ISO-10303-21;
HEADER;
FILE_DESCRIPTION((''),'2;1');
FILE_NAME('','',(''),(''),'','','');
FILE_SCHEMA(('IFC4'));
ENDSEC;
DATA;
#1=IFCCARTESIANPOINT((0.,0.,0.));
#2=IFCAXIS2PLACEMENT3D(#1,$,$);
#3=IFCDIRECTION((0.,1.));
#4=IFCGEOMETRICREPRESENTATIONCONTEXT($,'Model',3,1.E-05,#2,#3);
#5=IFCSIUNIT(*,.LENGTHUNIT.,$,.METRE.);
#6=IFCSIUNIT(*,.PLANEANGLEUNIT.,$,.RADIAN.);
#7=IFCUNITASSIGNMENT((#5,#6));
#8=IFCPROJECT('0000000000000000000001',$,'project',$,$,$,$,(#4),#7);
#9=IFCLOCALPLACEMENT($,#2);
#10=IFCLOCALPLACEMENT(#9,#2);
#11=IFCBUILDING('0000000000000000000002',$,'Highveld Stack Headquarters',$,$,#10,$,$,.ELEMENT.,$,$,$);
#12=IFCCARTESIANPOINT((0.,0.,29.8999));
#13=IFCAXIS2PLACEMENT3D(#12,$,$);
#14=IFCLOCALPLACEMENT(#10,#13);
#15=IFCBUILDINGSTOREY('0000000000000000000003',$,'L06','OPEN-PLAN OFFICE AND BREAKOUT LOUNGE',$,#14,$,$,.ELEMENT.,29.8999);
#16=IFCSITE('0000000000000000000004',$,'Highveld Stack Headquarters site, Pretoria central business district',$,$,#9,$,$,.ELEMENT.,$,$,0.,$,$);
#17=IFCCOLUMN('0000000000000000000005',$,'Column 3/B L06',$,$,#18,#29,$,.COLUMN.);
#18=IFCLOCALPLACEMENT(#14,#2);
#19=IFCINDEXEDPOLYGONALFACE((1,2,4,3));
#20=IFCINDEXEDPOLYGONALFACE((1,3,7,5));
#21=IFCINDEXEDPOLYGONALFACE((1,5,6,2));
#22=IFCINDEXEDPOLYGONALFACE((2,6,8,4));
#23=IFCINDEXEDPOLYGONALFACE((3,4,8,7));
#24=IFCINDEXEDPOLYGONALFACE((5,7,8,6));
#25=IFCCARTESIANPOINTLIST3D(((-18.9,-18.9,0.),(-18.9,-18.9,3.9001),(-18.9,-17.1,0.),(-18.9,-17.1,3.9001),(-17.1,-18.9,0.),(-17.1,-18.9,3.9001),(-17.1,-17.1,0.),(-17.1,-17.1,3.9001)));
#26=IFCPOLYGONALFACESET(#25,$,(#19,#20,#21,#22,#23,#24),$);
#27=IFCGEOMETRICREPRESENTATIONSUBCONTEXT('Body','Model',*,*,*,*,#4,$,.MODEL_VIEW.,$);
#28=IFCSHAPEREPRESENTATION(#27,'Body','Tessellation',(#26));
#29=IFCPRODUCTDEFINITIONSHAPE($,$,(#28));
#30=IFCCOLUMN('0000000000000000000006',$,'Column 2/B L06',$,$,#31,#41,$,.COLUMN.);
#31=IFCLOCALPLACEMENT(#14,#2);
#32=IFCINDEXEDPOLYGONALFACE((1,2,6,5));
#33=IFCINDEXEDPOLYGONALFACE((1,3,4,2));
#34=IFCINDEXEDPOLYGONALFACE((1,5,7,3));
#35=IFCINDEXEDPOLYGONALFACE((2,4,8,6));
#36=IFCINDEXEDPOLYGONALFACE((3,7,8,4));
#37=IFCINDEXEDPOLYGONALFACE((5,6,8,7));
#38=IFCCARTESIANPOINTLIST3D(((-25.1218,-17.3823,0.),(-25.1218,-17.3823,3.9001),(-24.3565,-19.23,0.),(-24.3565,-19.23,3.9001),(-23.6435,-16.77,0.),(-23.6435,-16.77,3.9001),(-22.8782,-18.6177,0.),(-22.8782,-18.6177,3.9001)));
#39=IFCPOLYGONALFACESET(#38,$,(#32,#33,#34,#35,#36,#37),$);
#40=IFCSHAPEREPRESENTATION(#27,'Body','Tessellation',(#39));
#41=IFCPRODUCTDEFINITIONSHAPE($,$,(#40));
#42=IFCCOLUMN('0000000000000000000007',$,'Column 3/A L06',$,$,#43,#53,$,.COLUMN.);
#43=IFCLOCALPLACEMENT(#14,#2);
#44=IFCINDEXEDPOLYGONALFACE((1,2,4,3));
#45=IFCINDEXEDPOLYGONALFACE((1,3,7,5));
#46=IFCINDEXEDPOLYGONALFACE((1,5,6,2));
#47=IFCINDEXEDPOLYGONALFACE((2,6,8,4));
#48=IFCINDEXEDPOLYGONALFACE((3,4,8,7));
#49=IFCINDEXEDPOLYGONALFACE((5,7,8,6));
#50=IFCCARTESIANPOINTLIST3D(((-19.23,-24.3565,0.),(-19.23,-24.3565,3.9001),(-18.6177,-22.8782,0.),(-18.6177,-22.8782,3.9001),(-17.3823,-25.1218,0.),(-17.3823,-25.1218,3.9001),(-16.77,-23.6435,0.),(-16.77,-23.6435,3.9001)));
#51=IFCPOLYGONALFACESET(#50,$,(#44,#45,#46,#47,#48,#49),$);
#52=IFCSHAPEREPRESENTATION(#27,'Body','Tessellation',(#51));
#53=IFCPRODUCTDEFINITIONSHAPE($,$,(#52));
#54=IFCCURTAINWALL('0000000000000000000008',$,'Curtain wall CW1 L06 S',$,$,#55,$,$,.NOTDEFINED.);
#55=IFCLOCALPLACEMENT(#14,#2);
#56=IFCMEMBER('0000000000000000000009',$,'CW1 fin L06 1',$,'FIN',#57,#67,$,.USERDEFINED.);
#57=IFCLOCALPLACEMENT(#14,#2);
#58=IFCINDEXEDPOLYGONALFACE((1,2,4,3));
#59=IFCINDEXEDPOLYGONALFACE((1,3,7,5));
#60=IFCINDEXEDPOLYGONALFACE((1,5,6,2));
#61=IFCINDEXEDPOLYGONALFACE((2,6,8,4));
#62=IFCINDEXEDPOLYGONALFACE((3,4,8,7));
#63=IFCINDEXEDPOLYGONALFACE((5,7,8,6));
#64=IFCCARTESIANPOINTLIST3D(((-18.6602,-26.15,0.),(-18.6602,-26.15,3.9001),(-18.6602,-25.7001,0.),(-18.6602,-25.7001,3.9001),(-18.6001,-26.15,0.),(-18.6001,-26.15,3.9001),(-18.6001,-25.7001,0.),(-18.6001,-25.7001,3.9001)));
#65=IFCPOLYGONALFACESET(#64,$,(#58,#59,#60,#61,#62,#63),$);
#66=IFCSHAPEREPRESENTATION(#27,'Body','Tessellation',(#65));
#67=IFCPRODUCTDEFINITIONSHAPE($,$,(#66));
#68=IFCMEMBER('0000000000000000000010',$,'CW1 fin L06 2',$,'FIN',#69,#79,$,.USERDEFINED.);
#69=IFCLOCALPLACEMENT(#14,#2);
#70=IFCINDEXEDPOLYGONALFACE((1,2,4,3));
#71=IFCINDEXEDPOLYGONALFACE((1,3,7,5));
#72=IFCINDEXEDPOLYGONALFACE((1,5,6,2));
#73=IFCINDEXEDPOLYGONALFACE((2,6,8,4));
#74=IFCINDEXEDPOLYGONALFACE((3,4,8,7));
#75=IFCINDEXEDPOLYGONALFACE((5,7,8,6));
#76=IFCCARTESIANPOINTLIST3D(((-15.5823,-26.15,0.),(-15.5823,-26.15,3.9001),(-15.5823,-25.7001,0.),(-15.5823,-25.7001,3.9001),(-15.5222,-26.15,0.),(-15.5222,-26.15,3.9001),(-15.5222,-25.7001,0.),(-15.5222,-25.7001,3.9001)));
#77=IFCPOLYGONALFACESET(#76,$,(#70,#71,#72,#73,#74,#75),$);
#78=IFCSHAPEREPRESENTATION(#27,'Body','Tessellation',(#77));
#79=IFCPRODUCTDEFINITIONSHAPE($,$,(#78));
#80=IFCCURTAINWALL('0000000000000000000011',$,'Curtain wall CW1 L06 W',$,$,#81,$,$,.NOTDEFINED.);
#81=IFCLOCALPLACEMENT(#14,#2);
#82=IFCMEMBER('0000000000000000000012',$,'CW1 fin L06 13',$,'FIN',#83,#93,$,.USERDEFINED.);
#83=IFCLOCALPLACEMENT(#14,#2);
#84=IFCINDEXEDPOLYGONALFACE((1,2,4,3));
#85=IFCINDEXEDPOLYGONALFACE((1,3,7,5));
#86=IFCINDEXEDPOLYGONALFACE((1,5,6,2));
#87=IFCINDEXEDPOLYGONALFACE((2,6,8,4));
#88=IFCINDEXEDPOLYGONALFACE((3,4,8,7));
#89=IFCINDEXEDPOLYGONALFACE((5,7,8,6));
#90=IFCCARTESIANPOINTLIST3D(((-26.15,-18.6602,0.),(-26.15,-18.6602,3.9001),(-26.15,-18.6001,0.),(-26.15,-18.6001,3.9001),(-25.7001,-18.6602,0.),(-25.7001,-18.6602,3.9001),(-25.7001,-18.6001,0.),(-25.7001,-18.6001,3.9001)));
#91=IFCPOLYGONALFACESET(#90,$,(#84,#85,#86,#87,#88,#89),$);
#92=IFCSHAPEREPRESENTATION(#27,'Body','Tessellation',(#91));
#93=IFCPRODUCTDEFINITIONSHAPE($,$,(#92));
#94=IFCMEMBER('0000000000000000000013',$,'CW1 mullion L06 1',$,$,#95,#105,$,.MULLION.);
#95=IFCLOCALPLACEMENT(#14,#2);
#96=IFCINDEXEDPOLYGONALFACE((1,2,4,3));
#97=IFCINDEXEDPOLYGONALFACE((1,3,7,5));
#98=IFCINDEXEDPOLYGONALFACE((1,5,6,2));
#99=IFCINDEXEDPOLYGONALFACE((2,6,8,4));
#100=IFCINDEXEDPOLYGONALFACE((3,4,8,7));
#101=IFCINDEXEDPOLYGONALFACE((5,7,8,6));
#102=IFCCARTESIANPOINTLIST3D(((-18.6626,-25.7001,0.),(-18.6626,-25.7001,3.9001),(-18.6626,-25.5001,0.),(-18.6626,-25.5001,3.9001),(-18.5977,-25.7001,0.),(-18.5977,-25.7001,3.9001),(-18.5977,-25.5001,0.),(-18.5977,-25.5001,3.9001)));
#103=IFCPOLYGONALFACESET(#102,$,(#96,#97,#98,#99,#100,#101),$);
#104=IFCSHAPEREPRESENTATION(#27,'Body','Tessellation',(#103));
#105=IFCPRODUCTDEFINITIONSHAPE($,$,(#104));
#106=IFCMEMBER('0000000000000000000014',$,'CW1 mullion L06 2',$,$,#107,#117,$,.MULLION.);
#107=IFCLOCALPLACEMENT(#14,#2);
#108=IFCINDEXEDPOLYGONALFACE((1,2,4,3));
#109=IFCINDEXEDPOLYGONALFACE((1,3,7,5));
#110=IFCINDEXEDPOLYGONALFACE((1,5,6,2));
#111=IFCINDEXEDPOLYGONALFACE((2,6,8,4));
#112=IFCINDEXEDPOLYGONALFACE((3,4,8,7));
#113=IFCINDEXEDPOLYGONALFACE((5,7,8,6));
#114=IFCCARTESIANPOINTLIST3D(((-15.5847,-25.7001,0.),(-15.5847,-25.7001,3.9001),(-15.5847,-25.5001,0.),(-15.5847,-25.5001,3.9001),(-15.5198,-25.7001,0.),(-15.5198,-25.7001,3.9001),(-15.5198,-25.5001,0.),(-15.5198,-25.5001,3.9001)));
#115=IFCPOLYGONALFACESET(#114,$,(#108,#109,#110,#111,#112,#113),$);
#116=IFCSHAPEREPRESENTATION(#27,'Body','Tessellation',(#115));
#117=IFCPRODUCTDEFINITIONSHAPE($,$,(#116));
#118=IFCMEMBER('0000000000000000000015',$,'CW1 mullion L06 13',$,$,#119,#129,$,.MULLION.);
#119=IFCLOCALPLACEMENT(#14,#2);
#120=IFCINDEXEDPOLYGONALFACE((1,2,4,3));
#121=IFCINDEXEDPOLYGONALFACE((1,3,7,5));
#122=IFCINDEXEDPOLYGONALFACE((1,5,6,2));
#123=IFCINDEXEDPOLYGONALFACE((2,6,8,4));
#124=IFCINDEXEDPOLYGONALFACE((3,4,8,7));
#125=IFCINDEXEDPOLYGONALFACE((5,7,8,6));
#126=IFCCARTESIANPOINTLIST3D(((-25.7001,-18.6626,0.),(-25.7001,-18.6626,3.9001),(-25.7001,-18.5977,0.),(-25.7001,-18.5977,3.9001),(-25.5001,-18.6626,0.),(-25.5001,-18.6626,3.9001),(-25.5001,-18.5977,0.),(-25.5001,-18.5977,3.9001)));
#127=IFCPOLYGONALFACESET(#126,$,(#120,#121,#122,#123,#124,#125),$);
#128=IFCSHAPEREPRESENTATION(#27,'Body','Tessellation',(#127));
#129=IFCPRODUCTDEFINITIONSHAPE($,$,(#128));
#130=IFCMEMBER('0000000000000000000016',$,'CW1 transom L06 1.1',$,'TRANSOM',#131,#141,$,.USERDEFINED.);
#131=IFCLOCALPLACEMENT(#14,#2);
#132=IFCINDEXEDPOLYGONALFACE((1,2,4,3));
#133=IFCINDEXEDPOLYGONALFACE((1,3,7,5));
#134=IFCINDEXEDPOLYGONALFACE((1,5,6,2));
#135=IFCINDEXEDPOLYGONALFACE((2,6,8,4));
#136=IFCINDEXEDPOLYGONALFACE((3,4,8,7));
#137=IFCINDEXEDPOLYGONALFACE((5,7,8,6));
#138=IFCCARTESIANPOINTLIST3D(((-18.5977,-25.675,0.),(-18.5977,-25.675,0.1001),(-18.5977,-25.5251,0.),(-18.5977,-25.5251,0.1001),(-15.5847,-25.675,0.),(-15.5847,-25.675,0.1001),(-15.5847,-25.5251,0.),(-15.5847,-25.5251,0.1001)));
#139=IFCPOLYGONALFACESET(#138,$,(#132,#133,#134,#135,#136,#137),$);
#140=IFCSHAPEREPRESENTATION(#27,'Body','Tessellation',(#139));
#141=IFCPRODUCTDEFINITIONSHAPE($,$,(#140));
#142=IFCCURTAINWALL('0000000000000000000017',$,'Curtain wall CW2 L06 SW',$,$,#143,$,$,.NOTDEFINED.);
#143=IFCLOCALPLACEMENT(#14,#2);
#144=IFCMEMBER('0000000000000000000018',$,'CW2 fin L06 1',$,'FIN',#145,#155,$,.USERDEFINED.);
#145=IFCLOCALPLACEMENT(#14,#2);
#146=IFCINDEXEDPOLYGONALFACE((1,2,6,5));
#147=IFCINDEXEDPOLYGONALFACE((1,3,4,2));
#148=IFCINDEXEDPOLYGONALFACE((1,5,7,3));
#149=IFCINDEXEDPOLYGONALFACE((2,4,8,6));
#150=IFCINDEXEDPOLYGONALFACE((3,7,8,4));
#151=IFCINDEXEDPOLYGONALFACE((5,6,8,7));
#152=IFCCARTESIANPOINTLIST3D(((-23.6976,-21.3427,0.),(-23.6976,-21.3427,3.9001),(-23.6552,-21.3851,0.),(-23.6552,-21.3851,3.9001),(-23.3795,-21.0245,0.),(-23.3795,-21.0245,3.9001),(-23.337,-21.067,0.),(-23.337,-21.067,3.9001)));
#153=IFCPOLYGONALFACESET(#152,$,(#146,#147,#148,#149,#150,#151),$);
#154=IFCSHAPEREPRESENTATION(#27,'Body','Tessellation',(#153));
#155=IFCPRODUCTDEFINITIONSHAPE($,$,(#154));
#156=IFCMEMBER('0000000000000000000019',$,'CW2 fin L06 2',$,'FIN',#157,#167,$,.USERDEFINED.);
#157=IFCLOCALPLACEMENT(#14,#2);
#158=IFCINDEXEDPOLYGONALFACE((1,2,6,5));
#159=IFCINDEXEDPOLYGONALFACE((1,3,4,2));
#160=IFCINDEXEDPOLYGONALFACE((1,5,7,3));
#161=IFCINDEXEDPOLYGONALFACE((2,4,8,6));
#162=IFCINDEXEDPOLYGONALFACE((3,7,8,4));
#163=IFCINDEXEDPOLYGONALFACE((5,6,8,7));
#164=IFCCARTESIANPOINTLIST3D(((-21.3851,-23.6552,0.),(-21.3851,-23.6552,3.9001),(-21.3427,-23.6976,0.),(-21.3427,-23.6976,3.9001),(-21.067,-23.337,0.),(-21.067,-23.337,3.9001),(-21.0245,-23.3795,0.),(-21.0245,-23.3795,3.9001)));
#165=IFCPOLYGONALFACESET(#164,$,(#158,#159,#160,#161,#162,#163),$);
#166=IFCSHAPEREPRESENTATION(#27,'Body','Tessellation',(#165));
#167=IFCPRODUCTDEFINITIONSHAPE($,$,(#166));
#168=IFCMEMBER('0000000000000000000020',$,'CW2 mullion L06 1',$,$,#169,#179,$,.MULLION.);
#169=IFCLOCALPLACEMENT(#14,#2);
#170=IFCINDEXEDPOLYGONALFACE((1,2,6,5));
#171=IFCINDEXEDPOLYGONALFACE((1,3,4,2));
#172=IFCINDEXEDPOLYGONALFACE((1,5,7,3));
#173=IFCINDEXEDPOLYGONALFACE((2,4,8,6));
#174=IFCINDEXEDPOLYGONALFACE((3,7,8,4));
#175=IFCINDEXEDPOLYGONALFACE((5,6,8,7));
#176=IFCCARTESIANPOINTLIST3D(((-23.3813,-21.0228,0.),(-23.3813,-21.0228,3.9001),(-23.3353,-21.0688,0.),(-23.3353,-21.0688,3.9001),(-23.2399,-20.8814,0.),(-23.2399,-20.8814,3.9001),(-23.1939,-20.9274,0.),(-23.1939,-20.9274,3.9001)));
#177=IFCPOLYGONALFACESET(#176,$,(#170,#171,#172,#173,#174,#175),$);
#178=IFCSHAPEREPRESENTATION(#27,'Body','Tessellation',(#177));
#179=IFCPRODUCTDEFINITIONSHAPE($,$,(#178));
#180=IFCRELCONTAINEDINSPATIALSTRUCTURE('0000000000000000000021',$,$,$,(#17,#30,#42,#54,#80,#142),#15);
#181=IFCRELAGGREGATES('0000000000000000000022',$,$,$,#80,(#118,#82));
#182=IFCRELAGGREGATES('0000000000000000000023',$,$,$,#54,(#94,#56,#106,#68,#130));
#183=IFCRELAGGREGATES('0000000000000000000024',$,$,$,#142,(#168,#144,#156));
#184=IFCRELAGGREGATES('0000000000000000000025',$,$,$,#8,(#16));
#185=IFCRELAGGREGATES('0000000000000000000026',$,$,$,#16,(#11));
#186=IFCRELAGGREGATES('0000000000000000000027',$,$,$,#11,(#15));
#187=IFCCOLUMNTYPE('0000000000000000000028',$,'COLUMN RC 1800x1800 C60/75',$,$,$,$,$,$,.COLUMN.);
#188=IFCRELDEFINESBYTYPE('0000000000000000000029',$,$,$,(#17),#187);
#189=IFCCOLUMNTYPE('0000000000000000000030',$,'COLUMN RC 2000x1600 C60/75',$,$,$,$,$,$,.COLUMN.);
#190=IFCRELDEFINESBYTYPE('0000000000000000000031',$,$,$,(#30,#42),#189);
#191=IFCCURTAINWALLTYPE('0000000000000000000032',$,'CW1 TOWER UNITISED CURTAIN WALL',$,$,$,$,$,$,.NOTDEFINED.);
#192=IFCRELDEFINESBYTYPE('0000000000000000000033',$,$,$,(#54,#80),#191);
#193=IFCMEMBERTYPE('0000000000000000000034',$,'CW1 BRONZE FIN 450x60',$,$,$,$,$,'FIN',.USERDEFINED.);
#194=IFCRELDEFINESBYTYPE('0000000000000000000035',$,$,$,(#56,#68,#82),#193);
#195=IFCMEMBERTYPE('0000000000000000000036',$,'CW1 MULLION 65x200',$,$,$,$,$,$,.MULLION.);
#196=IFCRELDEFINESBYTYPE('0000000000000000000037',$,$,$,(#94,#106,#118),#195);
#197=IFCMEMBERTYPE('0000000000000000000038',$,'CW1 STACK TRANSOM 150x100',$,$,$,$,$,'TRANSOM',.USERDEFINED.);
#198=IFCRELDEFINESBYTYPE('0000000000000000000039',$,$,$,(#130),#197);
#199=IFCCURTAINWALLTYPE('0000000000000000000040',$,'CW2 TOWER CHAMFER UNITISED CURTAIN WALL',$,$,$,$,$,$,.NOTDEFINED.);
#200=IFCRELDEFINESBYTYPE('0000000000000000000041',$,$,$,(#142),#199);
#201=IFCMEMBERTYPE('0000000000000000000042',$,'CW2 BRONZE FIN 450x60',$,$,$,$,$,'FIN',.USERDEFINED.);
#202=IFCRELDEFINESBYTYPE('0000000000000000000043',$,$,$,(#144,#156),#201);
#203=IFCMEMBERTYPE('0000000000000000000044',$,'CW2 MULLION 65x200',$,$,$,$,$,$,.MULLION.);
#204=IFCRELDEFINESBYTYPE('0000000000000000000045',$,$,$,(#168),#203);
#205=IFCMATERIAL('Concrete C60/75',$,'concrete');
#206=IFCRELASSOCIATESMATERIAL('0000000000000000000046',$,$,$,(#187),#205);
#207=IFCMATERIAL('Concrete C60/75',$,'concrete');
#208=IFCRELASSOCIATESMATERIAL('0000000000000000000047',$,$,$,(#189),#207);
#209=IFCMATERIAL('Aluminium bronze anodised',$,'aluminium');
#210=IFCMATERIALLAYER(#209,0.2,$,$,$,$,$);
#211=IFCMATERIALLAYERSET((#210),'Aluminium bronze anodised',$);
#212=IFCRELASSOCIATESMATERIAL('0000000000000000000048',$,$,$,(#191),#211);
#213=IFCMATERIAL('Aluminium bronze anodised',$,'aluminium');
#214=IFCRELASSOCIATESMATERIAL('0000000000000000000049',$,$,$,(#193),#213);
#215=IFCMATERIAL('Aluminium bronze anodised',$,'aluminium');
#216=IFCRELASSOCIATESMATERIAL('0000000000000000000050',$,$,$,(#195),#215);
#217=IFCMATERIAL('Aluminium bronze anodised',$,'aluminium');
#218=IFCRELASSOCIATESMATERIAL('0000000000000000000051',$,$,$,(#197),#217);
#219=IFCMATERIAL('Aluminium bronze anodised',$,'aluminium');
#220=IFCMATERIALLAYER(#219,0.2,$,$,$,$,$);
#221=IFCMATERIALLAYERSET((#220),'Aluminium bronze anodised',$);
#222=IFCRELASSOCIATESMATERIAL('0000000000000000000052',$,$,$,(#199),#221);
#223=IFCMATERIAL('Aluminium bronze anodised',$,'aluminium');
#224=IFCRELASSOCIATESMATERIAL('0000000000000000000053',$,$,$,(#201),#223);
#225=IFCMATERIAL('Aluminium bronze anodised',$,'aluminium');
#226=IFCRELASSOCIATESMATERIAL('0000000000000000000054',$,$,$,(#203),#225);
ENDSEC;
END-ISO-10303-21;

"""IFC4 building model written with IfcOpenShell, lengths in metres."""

from ifc_helpers import new_model, si_unit, direction, frame, origin, origin_2d, place, context, subcontext, project, spatial, rectangle, extrude, material, layer, layer_set, material_profile, profile_set, type_object, element, aggregate, save


model = new_model("IFC4")

# Units and contexts
model_context = context("Model", 3, precision=1e-05, world=origin(), true_north=direction((0.0, 1.0)))
body_context = subcontext(model_context, "Body", "Model", "MODEL_VIEW")
ifc_project = project(units=[si_unit("LENGTHUNIT", "METRE"), si_unit("PLANEANGLEUNIT", "RADIAN")], contexts=[model_context])

# Site, building, storey
site_placement = place(None, origin())
site = spatial("IfcSite", under=ifc_project, at=site_placement, Name="Highveld Stack Headquarters site, Pretoria central business district", CompositionType="ELEMENT", RefElevation=0.0)
building_placement = place(site_placement, origin())
building = spatial("IfcBuilding", under=site, at=building_placement, Name="Highveld Stack Headquarters", CompositionType="ELEMENT")
storey_placement = place(building_placement, frame((0.0, 0.0, 29.8999)))
storey = spatial("IfcBuildingStorey", under=building, at=storey_placement, Name="L06", Description="OPEN-PLAN OFFICE AND BREAKOUT LOUNGE", CompositionType="ELEMENT", Elevation=29.8999)

# Columns
ifc_material_1 = material(Name="Concrete C60/75", Category="concrete")
ifc_material_profile_1 = material_profile(ifc_material_1, rectangle(XDim=1.8, YDim=1.8, at=origin_2d()), Name="RC 1800x1800")
ifc_profile_set_1 = profile_set([ifc_material_profile_1], Name="Concrete C60/75")
column_type_1 = type_object("IfcColumnType", Name="COLUMN RC 1800x1800 C60/75", PredefinedType="COLUMN", material=ifc_profile_set_1)
column_placement = place(storey_placement, frame((-18.0, -18.0, 0.0), z_axis=(0.0, 0.0, 1.0), x_axis=(1.0, 0.0, 0.0)))
element("IfcColumn", 1, at=column_placement, inside=storey, type_object=column_type_1, Name="Column 3/B L06", PredefinedType="COLUMN", context=body_context, shape_type="SweptSolid", body=[
    extrude(rectangle(XDim=1.8, YDim=1.8, at=origin_2d()), origin(), (0.0, 0.0, 1.0), 3.9001),
])
ifc_material_2 = material(Name="Concrete C60/75", Category="concrete")
ifc_material_profile_2 = material_profile(ifc_material_2, rectangle(XDim=2.0, YDim=1.6001, at=origin_2d()), Name="RC 2000x1600")
ifc_profile_set_2 = profile_set([ifc_material_profile_2], Name="Concrete C60/75")
column_type_2 = type_object("IfcColumnType", Name="COLUMN RC 2000x1600 C60/75", PredefinedType="COLUMN", material=ifc_profile_set_2)
for number, where, z_axis, x_axis, name in (
    (2, (-24.0, -18.0, 0.0), (0.0, 0.0, 1.0), (-0.382683, 0.92388, 0.0), "Column 2/B L06"),
    (3, (-18.0, -24.0, 0.0), (0.0, 0.0, 1.0), (-0.92388, 0.382683, 0.0), "Column 3/A L06"),
):
    element("IfcColumn", number, at=place(storey_placement, frame(where, z_axis=z_axis, x_axis=x_axis)), inside=storey, type_object=column_type_2, Name=name, PredefinedType="COLUMN", context=body_context, shape_type="SweptSolid", body=[
        extrude(rectangle(XDim=2.0, YDim=1.6001, at=origin_2d()), origin(), (0.0, 0.0, 1.0), 3.9001),
    ])

# Curtain wall, members
ifc_material_3 = material(Name="Aluminium bronze anodised", Category="aluminium")
ifc_layer_1 = layer(ifc_material_3, 0.2)
ifc_layer_set_1 = layer_set([ifc_layer_1], Name="Aluminium bronze anodised")
curtain_wall_type_1 = type_object("IfcCurtainWallType", Name="CW1 TOWER UNITISED CURTAIN WALL", PredefinedType="NOTDEFINED", material=ifc_layer_set_1)
curtain_wall_1_placement = place(storey_placement, origin())
curtain_wall_1 = element("IfcCurtainWall", 4, at=curtain_wall_1_placement, inside=storey, type_object=curtain_wall_type_1, Name="Curtain wall CW1 L06 S", PredefinedType="NOTDEFINED")
ifc_material_4 = material(Name="Aluminium bronze anodised", Category="aluminium")
ifc_material_profile_3 = material_profile(ifc_material_4, rectangle(XDim=0.45, YDim=0.0601, at=origin_2d()), Name="FIN 450x60")
ifc_profile_set_3 = profile_set([ifc_material_profile_3], Name="Aluminium bronze anodised")
member_type_1 = type_object("IfcMemberType", Name="CW1 BRONZE FIN 450x60", ElementType="FIN", PredefinedType="USERDEFINED", material=ifc_profile_set_3)
member_1_placement = place(storey_placement, frame((-18.6301, -25.925, 0.0), z_axis=(0.0, 0.0, 1.0), x_axis=(0.0, 1.0, 0.0)))
member_1 = element("IfcMember", 5, at=member_1_placement, type_object=member_type_1, Name="CW1 fin L06 1", ObjectType="FIN", PredefinedType="USERDEFINED", context=body_context, shape_type="SweptSolid", body=[
    extrude(rectangle(XDim=0.45, YDim=0.0601, at=origin_2d()), origin(), (0.0, 0.0, 1.0), 3.9001),
])
member_2_placement = place(storey_placement, frame((-15.5522, -25.925, 0.0), z_axis=(0.0, 0.0, 1.0), x_axis=(0.0, 1.0, 0.0)))
member_2 = element("IfcMember", 6, at=member_2_placement, type_object=member_type_1, Name="CW1 fin L06 2", ObjectType="FIN", PredefinedType="USERDEFINED", context=body_context, shape_type="SweptSolid", body=[
    extrude(rectangle(XDim=0.45, YDim=0.0601, at=origin_2d()), origin(), (0.0, 0.0, 1.0), 3.9001),
])

# Curtain wall, member
curtain_wall_2_placement = place(storey_placement, origin())
curtain_wall_2 = element("IfcCurtainWall", 7, at=curtain_wall_2_placement, inside=storey, type_object=curtain_wall_type_1, Name="Curtain wall CW1 L06 W", PredefinedType="NOTDEFINED")
member_3_placement = place(storey_placement, frame((-25.925, -18.6301, 0.0), z_axis=(0.0, 0.0, 1.0), x_axis=(1.0, 0.0, 0.0)))
member_3 = element("IfcMember", 8, at=member_3_placement, type_object=member_type_1, Name="CW1 fin L06 13", ObjectType="FIN", PredefinedType="USERDEFINED", context=body_context, shape_type="SweptSolid", body=[
    extrude(rectangle(XDim=0.45, YDim=0.0601, at=origin_2d()), origin(), (0.0, 0.0, 1.0), 3.9001),
])

# Members
ifc_material_5 = material(Name="Aluminium bronze anodised", Category="aluminium")
ifc_material_profile_4 = material_profile(ifc_material_5, rectangle(XDim=0.2, YDim=0.0649, at=origin_2d()), Name="CW1 MULLION 65x200")
ifc_profile_set_4 = profile_set([ifc_material_profile_4], Name="Aluminium bronze anodised")
member_type_2 = type_object("IfcMemberType", Name="CW1 MULLION 65x200", PredefinedType="MULLION", material=ifc_profile_set_4)
member_4_placement = place(storey_placement, frame((-18.6301, -25.6001, 0.0), z_axis=(0.0, 0.0, 1.0), x_axis=(0.0, 1.0, 0.0)))
member_4 = element("IfcMember", 9, at=member_4_placement, type_object=member_type_2, Name="CW1 mullion L06 1", PredefinedType="MULLION", context=body_context, shape_type="SweptSolid", body=[
    extrude(rectangle(XDim=0.2, YDim=0.0649, at=origin_2d()), origin(), (0.0, 0.0, 1.0), 3.9001),
])
member_5_placement = place(storey_placement, frame((-15.5522, -25.6001, 0.0), z_axis=(0.0, 0.0, 1.0), x_axis=(0.0, 1.0, 0.0)))
member_5 = element("IfcMember", 10, at=member_5_placement, type_object=member_type_2, Name="CW1 mullion L06 2", PredefinedType="MULLION", context=body_context, shape_type="SweptSolid", body=[
    extrude(rectangle(XDim=0.2, YDim=0.0649, at=origin_2d()), origin(), (0.0, 0.0, 1.0), 3.9001),
])
member_6_placement = place(storey_placement, frame((-25.6001, -18.6301, 0.0), z_axis=(0.0, 0.0, 1.0), x_axis=(1.0, 0.0, 0.0)))
member_6 = element("IfcMember", 11, at=member_6_placement, type_object=member_type_2, Name="CW1 mullion L06 13", PredefinedType="MULLION", context=body_context, shape_type="SweptSolid", body=[
    extrude(rectangle(XDim=0.2, YDim=0.0649, at=origin_2d()), origin(), (0.0, 0.0, 1.0), 3.9001),
])
aggregate(curtain_wall_2, [member_6, member_3])
ifc_material_6 = material(Name="Aluminium bronze anodised", Category="aluminium")
ifc_material_profile_5 = material_profile(ifc_material_6, rectangle(XDim=0.1499, YDim=0.1001, at=origin_2d()), Name="CW1 TRANSOM 150x100")
ifc_profile_set_5 = profile_set([ifc_material_profile_5], Name="Aluminium bronze anodised")
member_type_3 = type_object("IfcMemberType", Name="CW1 STACK TRANSOM 150x100", ElementType="TRANSOM", PredefinedType="USERDEFINED", material=ifc_profile_set_5)
member_7_placement = place(storey_placement, frame((-18.5977, -25.6001, 0.05), z_axis=(1.0, 0.0, 0.0), x_axis=(0.0, 1.0, 0.0)))
member_7 = element("IfcMember", 12, at=member_7_placement, type_object=member_type_3, Name="CW1 transom L06 1.1", ObjectType="TRANSOM", PredefinedType="USERDEFINED", context=body_context, shape_type="SweptSolid", body=[
    extrude(rectangle(XDim=0.1499, YDim=0.1001, at=origin_2d()), origin(), (0.0, 0.0, 1.0), 3.0129),
])

# Curtain wall, members
ifc_material_7 = material(Name="Aluminium bronze anodised", Category="aluminium")
ifc_layer_2 = layer(ifc_material_7, 0.2)
ifc_layer_set_2 = layer_set([ifc_layer_2], Name="Aluminium bronze anodised")
curtain_wall_type_2 = type_object("IfcCurtainWallType", Name="CW2 TOWER CHAMFER UNITISED CURTAIN WALL", PredefinedType="NOTDEFINED", material=ifc_layer_set_2)
curtain_wall_3_placement = place(storey_placement, origin())
curtain_wall_3 = element("IfcCurtainWall", 13, at=curtain_wall_3_placement, inside=storey, type_object=curtain_wall_type_2, Name="Curtain wall CW2 L06 SW", PredefinedType="NOTDEFINED")
ifc_material_8 = material(Name="Aluminium bronze anodised", Category="aluminium")
ifc_material_profile_6 = material_profile(ifc_material_8, rectangle(XDim=0.45, YDim=0.0601, at=origin_2d()), Name="FIN 450x60")
ifc_profile_set_6 = profile_set([ifc_material_profile_6], Name="Aluminium bronze anodised")
member_type_4 = type_object("IfcMemberType", Name="CW2 BRONZE FIN 450x60", ElementType="FIN", PredefinedType="USERDEFINED", material=ifc_profile_set_6)
member_8_placement = place(storey_placement, frame((-23.5173, -21.2048, 0.0), z_axis=(0.0, 0.0, 1.0), x_axis=(0.707107, 0.707107, 0.0)))
member_8 = element("IfcMember", 14, at=member_8_placement, type_object=member_type_4, Name="CW2 fin L06 1", ObjectType="FIN", PredefinedType="USERDEFINED", context=body_context, shape_type="SweptSolid", body=[
    extrude(rectangle(XDim=0.45, YDim=0.0601, at=origin_2d()), origin(), (0.0, 0.0, 1.0), 3.9001),
])
member_9_placement = place(storey_placement, frame((-21.2048, -23.5173, 0.0), z_axis=(0.0, 0.0, 1.0), x_axis=(0.707107, 0.707107, 0.0)))
member_9 = element("IfcMember", 15, at=member_9_placement, type_object=member_type_4, Name="CW2 fin L06 2", ObjectType="FIN", PredefinedType="USERDEFINED", context=body_context, shape_type="SweptSolid", body=[
    extrude(rectangle(XDim=0.45, YDim=0.0601, at=origin_2d()), origin(), (0.0, 0.0, 1.0), 3.9001),
])
ifc_material_9 = material(Name="Aluminium bronze anodised", Category="aluminium")
ifc_material_profile_7 = material_profile(ifc_material_9, rectangle(XDim=0.2, YDim=0.0649, at=origin_2d()), Name="CW2 MULLION 65x200")
ifc_profile_set_7 = profile_set([ifc_material_profile_7], Name="Aluminium bronze anodised")
member_type_5 = type_object("IfcMemberType", Name="CW2 MULLION 65x200", PredefinedType="MULLION", material=ifc_profile_set_7)
member_10_placement = place(storey_placement, frame((-23.2876, -20.9751, 0.0), z_axis=(0.0, 0.0, 1.0), x_axis=(0.707107, 0.707107, 0.0)))
member_10 = element("IfcMember", 16, at=member_10_placement, type_object=member_type_5, Name="CW2 mullion L06 1", PredefinedType="MULLION", context=body_context, shape_type="SweptSolid", body=[
    extrude(rectangle(XDim=0.2, YDim=0.0649, at=origin_2d()), origin(), (0.0, 0.0, 1.0), 3.9001),
])

aggregate(curtain_wall_1, [member_4, member_1, member_5, member_2, member_7])
aggregate(curtain_wall_3, [member_10, member_8, member_9])

save(model, "model.ifc")
